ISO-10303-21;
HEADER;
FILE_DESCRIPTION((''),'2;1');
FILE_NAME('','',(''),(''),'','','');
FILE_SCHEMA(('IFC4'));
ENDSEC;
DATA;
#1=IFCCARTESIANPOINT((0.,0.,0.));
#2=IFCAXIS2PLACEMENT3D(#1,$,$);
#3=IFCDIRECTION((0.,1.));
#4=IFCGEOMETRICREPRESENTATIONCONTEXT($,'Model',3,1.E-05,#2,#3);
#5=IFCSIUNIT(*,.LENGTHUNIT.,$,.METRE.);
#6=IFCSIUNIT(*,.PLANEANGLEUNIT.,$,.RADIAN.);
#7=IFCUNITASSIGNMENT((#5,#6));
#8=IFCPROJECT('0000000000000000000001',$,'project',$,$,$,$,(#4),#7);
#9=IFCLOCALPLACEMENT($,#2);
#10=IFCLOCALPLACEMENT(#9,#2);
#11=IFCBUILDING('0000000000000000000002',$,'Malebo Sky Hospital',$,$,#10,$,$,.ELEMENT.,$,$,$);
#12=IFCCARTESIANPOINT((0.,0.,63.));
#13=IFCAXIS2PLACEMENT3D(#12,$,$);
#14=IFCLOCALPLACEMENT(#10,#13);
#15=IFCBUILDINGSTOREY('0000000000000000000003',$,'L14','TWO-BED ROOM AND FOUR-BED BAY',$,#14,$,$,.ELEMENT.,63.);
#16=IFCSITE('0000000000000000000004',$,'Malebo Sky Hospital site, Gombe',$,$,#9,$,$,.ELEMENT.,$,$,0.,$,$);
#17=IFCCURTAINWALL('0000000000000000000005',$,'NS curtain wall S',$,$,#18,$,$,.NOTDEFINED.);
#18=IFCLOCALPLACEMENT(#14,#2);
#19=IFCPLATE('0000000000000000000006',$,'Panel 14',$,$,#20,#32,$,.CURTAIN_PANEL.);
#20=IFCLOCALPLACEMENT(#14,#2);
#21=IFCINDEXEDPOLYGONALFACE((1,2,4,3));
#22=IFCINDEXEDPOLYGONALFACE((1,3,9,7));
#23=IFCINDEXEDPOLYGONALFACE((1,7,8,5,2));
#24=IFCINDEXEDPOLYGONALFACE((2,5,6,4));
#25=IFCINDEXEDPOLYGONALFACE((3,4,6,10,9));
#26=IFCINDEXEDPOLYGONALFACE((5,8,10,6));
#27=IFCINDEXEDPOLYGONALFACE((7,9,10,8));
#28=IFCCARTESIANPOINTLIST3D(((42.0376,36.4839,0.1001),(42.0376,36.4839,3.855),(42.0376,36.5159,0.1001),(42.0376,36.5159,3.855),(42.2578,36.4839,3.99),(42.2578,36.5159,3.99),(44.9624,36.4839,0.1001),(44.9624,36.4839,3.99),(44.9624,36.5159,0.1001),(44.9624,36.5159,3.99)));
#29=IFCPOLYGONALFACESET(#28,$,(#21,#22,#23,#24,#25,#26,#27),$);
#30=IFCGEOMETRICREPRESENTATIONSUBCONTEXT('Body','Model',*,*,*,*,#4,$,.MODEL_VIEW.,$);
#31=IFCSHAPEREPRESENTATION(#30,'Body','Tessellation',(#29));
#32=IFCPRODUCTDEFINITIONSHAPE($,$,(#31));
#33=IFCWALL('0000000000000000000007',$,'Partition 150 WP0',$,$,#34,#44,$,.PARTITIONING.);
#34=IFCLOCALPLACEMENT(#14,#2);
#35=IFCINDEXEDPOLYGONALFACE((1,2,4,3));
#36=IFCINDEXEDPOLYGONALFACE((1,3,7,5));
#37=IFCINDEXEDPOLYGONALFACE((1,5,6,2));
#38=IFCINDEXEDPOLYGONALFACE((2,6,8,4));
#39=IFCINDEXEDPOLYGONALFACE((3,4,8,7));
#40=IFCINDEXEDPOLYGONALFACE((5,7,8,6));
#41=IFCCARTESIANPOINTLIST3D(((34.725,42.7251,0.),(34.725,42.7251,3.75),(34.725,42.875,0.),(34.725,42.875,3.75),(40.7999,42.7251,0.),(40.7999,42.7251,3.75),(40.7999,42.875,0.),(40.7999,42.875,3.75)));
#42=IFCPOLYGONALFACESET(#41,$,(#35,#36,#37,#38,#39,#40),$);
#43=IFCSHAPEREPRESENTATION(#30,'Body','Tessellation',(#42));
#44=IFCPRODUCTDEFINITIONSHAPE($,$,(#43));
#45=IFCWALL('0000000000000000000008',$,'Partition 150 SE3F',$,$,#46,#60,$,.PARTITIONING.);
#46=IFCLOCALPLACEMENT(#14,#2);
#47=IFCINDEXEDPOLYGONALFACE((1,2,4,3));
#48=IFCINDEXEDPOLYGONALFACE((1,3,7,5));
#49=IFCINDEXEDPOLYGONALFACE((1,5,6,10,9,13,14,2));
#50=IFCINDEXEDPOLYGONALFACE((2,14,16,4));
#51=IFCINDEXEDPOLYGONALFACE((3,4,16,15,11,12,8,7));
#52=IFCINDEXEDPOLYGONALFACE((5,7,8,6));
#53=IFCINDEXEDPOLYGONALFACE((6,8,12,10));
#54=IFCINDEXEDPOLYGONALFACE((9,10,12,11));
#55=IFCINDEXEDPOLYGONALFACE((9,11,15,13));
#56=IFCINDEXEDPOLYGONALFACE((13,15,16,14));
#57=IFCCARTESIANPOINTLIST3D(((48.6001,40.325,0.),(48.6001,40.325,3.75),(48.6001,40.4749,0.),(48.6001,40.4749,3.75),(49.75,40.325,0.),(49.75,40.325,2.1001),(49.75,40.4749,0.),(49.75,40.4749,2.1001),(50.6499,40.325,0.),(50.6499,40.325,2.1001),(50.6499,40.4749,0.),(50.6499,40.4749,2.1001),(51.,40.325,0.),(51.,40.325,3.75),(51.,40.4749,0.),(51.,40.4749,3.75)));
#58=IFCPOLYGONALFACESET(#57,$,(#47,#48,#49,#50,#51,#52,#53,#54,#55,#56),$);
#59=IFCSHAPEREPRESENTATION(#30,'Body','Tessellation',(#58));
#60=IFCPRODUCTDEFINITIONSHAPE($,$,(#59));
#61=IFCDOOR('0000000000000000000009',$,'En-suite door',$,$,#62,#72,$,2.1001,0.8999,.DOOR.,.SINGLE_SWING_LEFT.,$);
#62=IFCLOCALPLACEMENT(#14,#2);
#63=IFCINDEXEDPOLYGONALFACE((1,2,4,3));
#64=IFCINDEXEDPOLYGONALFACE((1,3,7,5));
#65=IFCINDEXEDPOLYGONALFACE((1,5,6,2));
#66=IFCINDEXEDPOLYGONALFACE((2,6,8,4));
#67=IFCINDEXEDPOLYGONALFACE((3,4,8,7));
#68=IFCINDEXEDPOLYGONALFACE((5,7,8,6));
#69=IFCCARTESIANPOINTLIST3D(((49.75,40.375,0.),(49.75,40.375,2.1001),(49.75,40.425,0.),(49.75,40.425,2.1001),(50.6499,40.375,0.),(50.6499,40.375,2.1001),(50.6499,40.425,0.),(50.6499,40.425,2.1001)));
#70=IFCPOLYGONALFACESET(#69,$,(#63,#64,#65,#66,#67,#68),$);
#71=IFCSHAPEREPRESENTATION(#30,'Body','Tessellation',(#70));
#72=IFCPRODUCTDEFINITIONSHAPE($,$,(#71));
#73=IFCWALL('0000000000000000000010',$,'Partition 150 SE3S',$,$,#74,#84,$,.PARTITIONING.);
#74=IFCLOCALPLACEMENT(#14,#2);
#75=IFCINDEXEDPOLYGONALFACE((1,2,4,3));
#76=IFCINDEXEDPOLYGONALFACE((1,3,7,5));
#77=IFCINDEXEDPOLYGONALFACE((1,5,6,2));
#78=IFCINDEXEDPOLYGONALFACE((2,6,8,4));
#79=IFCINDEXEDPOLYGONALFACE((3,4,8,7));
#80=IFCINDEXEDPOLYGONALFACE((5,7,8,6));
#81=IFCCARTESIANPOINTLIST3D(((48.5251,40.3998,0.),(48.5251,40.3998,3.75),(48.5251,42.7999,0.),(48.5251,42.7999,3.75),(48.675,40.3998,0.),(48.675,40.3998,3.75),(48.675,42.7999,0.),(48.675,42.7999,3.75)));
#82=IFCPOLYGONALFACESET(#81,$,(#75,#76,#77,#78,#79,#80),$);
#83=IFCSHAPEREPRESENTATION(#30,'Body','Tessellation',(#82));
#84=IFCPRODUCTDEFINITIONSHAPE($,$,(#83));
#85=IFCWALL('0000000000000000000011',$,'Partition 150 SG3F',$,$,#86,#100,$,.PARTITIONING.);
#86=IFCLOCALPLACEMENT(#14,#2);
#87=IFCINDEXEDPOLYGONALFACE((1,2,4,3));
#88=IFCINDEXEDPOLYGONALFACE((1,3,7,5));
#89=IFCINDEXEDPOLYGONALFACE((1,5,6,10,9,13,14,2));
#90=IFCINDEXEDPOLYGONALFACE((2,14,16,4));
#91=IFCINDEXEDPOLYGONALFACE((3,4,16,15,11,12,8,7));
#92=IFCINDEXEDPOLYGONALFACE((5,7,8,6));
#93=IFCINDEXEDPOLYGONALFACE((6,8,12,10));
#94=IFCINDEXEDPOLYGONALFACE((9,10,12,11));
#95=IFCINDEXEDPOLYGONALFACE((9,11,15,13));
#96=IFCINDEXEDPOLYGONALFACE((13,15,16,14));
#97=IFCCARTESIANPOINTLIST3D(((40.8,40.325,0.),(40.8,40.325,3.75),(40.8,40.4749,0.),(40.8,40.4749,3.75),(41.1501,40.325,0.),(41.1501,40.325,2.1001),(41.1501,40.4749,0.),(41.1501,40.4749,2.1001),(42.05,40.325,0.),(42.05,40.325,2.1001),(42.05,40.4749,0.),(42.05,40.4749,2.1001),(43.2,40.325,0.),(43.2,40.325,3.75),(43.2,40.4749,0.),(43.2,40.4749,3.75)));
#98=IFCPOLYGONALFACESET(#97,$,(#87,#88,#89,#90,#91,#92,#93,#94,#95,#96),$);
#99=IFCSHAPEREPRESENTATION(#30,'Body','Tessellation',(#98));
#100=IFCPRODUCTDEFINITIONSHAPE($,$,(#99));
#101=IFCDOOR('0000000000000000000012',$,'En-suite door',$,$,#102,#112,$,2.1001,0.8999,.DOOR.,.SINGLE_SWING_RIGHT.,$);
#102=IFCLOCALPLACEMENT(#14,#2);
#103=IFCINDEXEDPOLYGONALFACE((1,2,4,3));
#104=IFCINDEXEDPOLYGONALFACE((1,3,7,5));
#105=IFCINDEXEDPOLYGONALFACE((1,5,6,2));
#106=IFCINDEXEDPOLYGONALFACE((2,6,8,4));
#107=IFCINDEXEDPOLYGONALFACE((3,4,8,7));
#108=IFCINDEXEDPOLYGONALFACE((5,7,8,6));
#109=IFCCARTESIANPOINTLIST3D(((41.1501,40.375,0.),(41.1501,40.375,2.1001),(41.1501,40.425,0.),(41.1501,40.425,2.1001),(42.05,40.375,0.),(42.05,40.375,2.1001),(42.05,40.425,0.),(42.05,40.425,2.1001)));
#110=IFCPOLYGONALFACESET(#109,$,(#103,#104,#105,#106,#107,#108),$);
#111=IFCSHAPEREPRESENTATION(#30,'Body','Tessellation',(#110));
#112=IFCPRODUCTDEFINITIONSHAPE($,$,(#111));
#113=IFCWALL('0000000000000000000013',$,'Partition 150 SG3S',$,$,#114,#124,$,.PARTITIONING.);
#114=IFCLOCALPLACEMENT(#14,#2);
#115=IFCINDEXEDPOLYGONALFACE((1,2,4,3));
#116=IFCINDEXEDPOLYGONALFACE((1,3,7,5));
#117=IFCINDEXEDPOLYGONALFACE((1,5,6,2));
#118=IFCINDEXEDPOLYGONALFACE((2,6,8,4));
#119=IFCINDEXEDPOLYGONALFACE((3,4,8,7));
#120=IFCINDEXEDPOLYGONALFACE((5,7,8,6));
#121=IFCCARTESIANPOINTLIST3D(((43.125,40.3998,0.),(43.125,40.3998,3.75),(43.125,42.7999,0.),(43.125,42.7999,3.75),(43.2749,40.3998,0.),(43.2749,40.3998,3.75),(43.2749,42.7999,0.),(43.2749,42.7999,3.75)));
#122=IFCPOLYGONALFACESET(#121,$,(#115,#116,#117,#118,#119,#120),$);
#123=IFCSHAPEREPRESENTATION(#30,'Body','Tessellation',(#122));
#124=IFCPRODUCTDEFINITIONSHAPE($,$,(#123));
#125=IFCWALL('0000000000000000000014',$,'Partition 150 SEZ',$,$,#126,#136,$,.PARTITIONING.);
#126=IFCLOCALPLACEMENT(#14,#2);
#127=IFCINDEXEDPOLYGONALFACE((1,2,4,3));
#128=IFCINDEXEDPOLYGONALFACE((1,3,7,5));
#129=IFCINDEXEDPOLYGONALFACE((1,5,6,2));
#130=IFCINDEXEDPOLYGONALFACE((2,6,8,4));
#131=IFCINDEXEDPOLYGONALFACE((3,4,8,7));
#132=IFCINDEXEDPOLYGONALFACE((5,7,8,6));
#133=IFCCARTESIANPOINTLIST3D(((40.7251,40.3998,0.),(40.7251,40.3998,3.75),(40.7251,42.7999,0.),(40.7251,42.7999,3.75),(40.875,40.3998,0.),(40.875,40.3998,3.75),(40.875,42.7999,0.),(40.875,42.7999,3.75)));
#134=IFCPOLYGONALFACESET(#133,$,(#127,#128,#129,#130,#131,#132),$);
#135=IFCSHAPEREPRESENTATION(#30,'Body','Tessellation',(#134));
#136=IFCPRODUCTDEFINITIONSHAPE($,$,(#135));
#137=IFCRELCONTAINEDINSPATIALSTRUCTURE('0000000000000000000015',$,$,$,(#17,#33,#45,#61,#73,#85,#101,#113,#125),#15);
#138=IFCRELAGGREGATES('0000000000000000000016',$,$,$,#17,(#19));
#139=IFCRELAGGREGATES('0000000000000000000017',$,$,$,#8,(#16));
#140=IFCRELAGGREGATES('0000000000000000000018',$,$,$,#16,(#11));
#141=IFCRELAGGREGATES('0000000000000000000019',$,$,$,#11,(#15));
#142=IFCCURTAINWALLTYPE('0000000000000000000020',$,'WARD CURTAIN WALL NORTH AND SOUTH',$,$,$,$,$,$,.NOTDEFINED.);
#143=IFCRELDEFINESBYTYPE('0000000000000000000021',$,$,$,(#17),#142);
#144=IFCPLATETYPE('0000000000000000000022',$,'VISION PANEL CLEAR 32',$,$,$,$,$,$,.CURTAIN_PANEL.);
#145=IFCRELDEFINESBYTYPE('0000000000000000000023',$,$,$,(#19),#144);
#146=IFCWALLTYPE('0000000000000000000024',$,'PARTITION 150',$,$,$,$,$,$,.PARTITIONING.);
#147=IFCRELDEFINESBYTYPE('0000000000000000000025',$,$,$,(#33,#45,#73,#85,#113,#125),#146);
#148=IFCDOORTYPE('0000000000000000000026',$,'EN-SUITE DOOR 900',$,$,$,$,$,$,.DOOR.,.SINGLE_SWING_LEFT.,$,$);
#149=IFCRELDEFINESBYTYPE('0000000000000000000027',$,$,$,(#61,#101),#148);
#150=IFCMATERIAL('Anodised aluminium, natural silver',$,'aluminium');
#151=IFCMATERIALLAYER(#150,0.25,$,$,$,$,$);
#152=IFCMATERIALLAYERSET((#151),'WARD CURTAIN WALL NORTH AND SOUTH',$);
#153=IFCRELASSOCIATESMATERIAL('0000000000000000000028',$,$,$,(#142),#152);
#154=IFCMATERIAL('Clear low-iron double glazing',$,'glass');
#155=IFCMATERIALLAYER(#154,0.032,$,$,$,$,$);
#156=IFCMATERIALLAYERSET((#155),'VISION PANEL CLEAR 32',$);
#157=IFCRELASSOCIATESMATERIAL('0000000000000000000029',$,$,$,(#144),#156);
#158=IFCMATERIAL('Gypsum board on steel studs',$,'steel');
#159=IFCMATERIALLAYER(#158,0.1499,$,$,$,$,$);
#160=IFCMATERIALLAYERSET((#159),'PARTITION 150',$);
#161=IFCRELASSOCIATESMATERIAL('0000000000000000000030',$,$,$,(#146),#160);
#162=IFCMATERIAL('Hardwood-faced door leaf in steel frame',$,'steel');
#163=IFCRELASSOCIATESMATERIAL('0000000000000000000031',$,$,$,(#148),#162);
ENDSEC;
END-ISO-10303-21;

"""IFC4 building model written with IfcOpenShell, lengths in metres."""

from ifc_helpers import new_model, si_unit, direction, frame, frame_2d, origin, place, context, subcontext, project, spatial, polyline, rectangle, outline, extrude, material, layer, layer_set, type_object, element, fill, aggregate, save


model = new_model("IFC4")

# Units and contexts
model_context = context("Model", 3, precision=1e-05, world=origin(), true_north=direction((0.0, 1.0)))
body_context = subcontext(model_context, "Body", "Model", "MODEL_VIEW")
ifc_project = project(units=[si_unit("LENGTHUNIT", "METRE"), si_unit("PLANEANGLEUNIT", "RADIAN")], contexts=[model_context])

# Site, building, storey
site_placement = place(None, origin())
site = spatial("IfcSite", under=ifc_project, at=site_placement, Name="Malebo Sky Hospital site, Gombe", CompositionType="ELEMENT", RefElevation=0.0)
building_placement = place(site_placement, origin())
building = spatial("IfcBuilding", under=site, at=building_placement, Name="Malebo Sky Hospital", CompositionType="ELEMENT")
storey_placement = place(building_placement, frame((0.0, 0.0, 63.0)))
storey = spatial("IfcBuildingStorey", under=building, at=storey_placement, Name="L14", Description="TWO-BED ROOM AND FOUR-BED BAY", CompositionType="ELEMENT", Elevation=63.0)

# Curtain wall
ifc_material_1 = material(Name="Anodised aluminium, natural silver", Category="aluminium")
ifc_layer_1 = layer(ifc_material_1, 0.25)
ifc_layer_set_1 = layer_set([ifc_layer_1], Name="WARD CURTAIN WALL NORTH AND SOUTH")
curtain_wall_type = type_object("IfcCurtainWallType", Name="WARD CURTAIN WALL NORTH AND SOUTH", PredefinedType="NOTDEFINED", material=ifc_layer_set_1)
curtain_wall_placement = place(storey_placement, origin())
curtain_wall = element("IfcCurtainWall", 1, at=curtain_wall_placement, inside=storey, type_object=curtain_wall_type, Name="NS curtain wall S", PredefinedType="NOTDEFINED")

# Plate
ifc_material_2 = material(Name="Clear low-iron double glazing", Category="glass")
ifc_layer_2 = layer(ifc_material_2, 0.032)
ifc_layer_set_2 = layer_set([ifc_layer_2], Name="VISION PANEL CLEAR 32")
plate_type = type_object("IfcPlateType", Name="VISION PANEL CLEAR 32", PredefinedType="CURTAIN_PANEL", material=ifc_layer_set_2)
plate_1_placement = place(storey_placement, frame((43.5, 36.5, 0.1001), z_axis=(0.0, 0.0, 1.0), x_axis=(-1.0, 0.0, 0.0)))
plate_1 = element("IfcPlate", 2, at=plate_1_placement, type_object=plate_type, Name="Panel 14", PredefinedType="CURTAIN_PANEL", context=body_context, shape_type="SweptSolid", body=[
    extrude(outline(polyline([(-1.4624, 0.0), (1.4624, 0.0), (1.4624, 3.7549), (1.2422, 3.8899), (-1.4624, 3.8899), (-1.4624, 0.0)])), frame((0.0, 0.0161, 0.0), z_axis=(0.0, -1.0, 0.0), x_axis=(1.0, 0.0, 0.0)), (0.0, 0.0, 1.0), 0.032),
])
aggregate(curtain_wall, [plate_1])

# Wall
ifc_material_3 = material(Name="Gypsum board on steel studs", Category="steel")
ifc_layer_3 = layer(ifc_material_3, 0.1499)
ifc_layer_set_3 = layer_set([ifc_layer_3], Name="PARTITION 150")
wall_type = type_object("IfcWallType", Name="PARTITION 150", PredefinedType="PARTITIONING", material=ifc_layer_set_3)
wall_1_placement = place(storey_placement, frame((40.8, 42.8, 0.0), z_axis=(0.0, 0.0, 1.0), x_axis=(-1.0, 0.0, 0.0)))
element("IfcWall", 3, at=wall_1_placement, inside=storey, type_object=wall_type, Name="Partition 150 WP0", PredefinedType="PARTITIONING", context=body_context, shape_type="SweptSolid", body=[
    extrude(rectangle(XDim=6.075, YDim=0.1499, at=frame_2d((3.0376, 0.0))), origin(), (0.0, 0.0, 1.0), 3.75),
])

# Wall, opening, door
wall_2_placement = place(storey_placement, frame((51.0, 40.3999, 0.0), z_axis=(0.0, 0.0, 1.0), x_axis=(-1.0, 0.0, 0.0)))
wall_2 = element("IfcWall", 4, at=wall_2_placement, inside=storey, type_object=wall_type, Name="Partition 150 SE3F", PredefinedType="PARTITIONING", context=body_context, shape_type="SweptSolid", body=[
    extrude(rectangle(XDim=2.3999, YDim=0.1499, at=frame_2d((1.2, 0.0))), origin(), (0.0, 0.0, 1.0), 3.75),
])
opening_1_placement = place(wall_2_placement, frame((0.3501, 0.0, 0.0)))
opening_1 = element("IfcOpeningElement", 5, at=opening_1_placement, cuts=wall_2, PredefinedType="OPENING", context=body_context, shape_type="SweptSolid", body=[
    extrude(rectangle(XDim=0.8999, YDim=2.1001, at=frame_2d((0.45, 1.05))), frame((0.0, 0.085, 0.0), z_axis=(0.0, -1.0, 0.0), x_axis=(1.0, 0.0, 0.0)), (0.0, 0.0, 1.0), 0.1699),
])
ifc_material_4 = material(Name="Hardwood-faced door leaf in steel frame", Category="steel")
door_type = type_object("IfcDoorType", Name="EN-SUITE DOOR 900", OperationType="SINGLE_SWING_LEFT", PredefinedType="DOOR", material=ifc_material_4)
door_1_placement = place(opening_1_placement, origin())
door_1 = element("IfcDoor", 6, at=door_1_placement, inside=storey, type_object=door_type, Name="En-suite door", OperationType="SINGLE_SWING_LEFT", OverallHeight=2.1001, OverallWidth=0.8999, PredefinedType="DOOR", context=body_context, shape_type="SweptSolid", body=[
    extrude(rectangle(XDim=0.8999, YDim=2.1001, at=frame_2d((0.45, 1.05))), frame((0.0, 0.0249, 0.0), z_axis=(0.0, -1.0, 0.0), x_axis=(1.0, 0.0, 0.0)), (0.0, 0.0, 1.0), 0.05),
])
fill(opening_1, door_1)

# Wall
wall_3_placement = place(storey_placement, frame((48.6001, 42.8, 0.0), z_axis=(0.0, 0.0, 1.0), x_axis=(0.0, -1.0, 0.0)))
element("IfcWall", 7, at=wall_3_placement, inside=storey, type_object=wall_type, Name="Partition 150 SE3S", PredefinedType="PARTITIONING", context=body_context, shape_type="SweptSolid", body=[
    extrude(rectangle(XDim=2.4001, YDim=0.1499, at=frame_2d((1.2002, 0.0))), origin(), (0.0, 0.0, 1.0), 3.75),
])

# Wall, opening, door
wall_4_placement = place(storey_placement, frame((43.2, 40.3999, 0.0), z_axis=(0.0, 0.0, 1.0), x_axis=(-1.0, 0.0, 0.0)))
wall_4 = element("IfcWall", 8, at=wall_4_placement, inside=storey, type_object=wall_type, Name="Partition 150 SG3F", PredefinedType="PARTITIONING", context=body_context, shape_type="SweptSolid", body=[
    extrude(rectangle(XDim=2.3999, YDim=0.1499, at=frame_2d((1.2, 0.0))), origin(), (0.0, 0.0, 1.0), 3.75),
])
opening_2_placement = place(wall_4_placement, frame((1.1499, 0.0, 0.0)))
opening_2 = element("IfcOpeningElement", 9, at=opening_2_placement, cuts=wall_4, PredefinedType="OPENING", context=body_context, shape_type="SweptSolid", body=[
    extrude(rectangle(XDim=0.8999, YDim=2.1001, at=frame_2d((0.45, 1.05))), frame((0.0, 0.085, 0.0), z_axis=(0.0, -1.0, 0.0), x_axis=(1.0, 0.0, 0.0)), (0.0, 0.0, 1.0), 0.1699),
])
door_2_placement = place(opening_2_placement, origin())
door_2 = element("IfcDoor", 10, at=door_2_placement, inside=storey, type_object=door_type, Name="En-suite door", OperationType="SINGLE_SWING_RIGHT", OverallHeight=2.1001, OverallWidth=0.8999, PredefinedType="DOOR", context=body_context, shape_type="SweptSolid", body=[
    extrude(rectangle(XDim=0.8999, YDim=2.1001, at=frame_2d((0.45, 1.05))), frame((0.0, 0.0249, 0.0), z_axis=(0.0, -1.0, 0.0), x_axis=(1.0, 0.0, 0.0)), (0.0, 0.0, 1.0), 0.05),
])
fill(opening_2, door_2)

# Walls
for number, where, z_axis, x_axis, name in (
    (11, (43.2, 42.8, 0.0), (0.0, 0.0, 1.0), (0.0, -1.0, 0.0), "Partition 150 SG3S"),
    (12, (40.8, 42.8, 0.0), (0.0, 0.0, 1.0), (0.0, -1.0, 0.0), "Partition 150 SEZ"),
):
    element("IfcWall", number, at=place(storey_placement, frame(where, z_axis=z_axis, x_axis=x_axis)), inside=storey, type_object=wall_type, Name=name, PredefinedType="PARTITIONING", context=body_context, shape_type="SweptSolid", body=[
        extrude(rectangle(XDim=2.4001, YDim=0.1499, at=frame_2d((1.2002, 0.0))), origin(), (0.0, 0.0, 1.0), 3.75),
    ])

save(model, "model.ifc")
